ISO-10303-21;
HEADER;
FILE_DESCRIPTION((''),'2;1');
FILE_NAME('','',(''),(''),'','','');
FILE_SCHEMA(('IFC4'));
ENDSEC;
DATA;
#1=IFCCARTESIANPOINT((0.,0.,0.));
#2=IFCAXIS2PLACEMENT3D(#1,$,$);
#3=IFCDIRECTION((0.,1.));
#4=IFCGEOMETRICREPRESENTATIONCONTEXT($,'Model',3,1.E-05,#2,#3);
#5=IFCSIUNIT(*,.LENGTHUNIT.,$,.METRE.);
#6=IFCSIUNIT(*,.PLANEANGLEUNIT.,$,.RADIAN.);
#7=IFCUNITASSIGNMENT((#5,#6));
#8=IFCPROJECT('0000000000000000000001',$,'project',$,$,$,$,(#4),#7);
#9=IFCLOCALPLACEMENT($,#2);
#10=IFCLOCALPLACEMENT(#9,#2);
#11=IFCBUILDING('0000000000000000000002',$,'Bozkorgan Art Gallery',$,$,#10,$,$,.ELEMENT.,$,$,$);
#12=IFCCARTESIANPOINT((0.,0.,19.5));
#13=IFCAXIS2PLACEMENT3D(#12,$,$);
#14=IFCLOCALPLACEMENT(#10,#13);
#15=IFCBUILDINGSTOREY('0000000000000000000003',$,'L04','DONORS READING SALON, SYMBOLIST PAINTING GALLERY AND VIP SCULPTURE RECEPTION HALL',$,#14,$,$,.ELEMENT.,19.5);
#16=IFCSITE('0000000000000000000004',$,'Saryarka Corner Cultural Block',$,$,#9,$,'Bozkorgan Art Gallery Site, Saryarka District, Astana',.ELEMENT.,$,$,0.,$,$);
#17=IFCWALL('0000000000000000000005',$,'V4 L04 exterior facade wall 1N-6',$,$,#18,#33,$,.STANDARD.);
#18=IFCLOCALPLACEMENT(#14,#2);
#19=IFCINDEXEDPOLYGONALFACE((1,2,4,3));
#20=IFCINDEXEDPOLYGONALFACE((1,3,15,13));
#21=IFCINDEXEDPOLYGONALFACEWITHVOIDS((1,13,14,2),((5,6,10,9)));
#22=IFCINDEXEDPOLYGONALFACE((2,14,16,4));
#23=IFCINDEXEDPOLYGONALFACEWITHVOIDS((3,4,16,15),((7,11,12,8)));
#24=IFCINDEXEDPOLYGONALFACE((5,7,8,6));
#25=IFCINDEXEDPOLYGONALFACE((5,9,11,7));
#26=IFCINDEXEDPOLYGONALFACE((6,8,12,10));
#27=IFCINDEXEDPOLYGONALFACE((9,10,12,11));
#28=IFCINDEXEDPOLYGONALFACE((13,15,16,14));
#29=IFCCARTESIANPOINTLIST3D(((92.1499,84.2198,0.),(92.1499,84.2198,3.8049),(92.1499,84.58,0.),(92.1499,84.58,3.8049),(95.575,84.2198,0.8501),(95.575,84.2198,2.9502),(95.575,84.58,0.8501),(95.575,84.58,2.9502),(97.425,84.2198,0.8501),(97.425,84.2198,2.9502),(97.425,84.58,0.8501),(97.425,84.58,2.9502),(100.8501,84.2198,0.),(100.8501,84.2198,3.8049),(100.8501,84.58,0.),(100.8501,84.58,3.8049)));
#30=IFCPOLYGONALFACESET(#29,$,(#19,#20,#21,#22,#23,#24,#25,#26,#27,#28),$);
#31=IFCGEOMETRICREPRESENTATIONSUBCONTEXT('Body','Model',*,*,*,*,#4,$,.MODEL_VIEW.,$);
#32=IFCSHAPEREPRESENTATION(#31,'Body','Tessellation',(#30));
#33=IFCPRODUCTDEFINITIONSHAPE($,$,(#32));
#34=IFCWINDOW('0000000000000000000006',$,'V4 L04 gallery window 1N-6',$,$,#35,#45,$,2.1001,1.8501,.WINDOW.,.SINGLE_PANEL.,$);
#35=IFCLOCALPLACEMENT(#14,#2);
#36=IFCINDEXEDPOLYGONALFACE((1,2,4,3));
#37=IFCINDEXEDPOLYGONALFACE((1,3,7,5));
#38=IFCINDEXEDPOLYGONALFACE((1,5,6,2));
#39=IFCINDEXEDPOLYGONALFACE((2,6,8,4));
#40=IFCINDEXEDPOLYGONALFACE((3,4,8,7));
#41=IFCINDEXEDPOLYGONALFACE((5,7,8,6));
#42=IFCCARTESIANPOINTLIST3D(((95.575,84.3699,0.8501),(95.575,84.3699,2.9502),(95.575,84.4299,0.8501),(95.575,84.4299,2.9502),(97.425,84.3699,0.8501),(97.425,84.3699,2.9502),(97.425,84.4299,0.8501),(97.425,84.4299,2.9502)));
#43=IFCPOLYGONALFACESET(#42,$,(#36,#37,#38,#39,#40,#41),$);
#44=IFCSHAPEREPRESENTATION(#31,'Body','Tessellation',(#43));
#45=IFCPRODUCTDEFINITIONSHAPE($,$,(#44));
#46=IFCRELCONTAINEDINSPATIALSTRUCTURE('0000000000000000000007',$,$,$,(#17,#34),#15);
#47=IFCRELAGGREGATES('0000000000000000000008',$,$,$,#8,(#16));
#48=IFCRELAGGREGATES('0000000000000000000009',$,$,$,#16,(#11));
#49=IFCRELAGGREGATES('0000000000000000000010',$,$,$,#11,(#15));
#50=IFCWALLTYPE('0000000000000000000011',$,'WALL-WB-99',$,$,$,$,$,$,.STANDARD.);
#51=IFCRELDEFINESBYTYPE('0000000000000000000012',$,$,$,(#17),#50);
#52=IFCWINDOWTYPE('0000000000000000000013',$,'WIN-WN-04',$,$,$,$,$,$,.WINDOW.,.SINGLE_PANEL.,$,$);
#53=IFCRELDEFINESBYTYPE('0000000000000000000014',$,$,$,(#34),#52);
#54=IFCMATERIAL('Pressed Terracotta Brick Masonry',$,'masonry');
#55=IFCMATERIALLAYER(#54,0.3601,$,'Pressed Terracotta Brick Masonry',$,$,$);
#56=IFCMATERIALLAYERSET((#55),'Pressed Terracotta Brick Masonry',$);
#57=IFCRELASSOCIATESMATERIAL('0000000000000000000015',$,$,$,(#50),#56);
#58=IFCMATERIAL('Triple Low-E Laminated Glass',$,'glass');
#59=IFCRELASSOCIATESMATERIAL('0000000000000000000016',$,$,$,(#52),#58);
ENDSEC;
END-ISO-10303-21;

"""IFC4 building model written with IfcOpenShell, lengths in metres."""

from ifc_helpers import new_model, si_unit, direction, frame, frame_2d, origin, place, context, subcontext, project, spatial, rectangle, extrude, material, layer, layer_set, type_object, element, fill, save


model = new_model("IFC4")

# Units and contexts
model_context = context("Model", 3, precision=1e-05, world=origin(), true_north=direction((0.0, 1.0)))
body_context = subcontext(model_context, "Body", "Model", "MODEL_VIEW")
ifc_project = project(units=[si_unit("LENGTHUNIT", "METRE"), si_unit("PLANEANGLEUNIT", "RADIAN")], contexts=[model_context])

# Site, building, storey
site_placement = place(None, origin())
site = spatial("IfcSite", under=ifc_project, at=site_placement, Name="Saryarka Corner Cultural Block", LongName="Bozkorgan Art Gallery Site, Saryarka District, Astana", CompositionType="ELEMENT", RefElevation=0.0)
building_placement = place(site_placement, origin())
building = spatial("IfcBuilding", under=site, at=building_placement, Name="Bozkorgan Art Gallery", CompositionType="ELEMENT")
storey_placement = place(building_placement, frame((0.0, 0.0, 19.5)))
storey = spatial("IfcBuildingStorey", under=building, at=storey_placement, Name="L04", Description="DONORS READING SALON, SYMBOLIST PAINTING GALLERY AND VIP SCULPTURE RECEPTION HALL", CompositionType="ELEMENT", Elevation=19.5)

# Wall, opening, window
ifc_material_1 = material(Name="Pressed Terracotta Brick Masonry", Category="masonry")
ifc_layer_1 = layer(ifc_material_1, 0.3601, Name="Pressed Terracotta Brick Masonry")
ifc_layer_set_1 = layer_set([ifc_layer_1], Name="Pressed Terracotta Brick Masonry")
wall_type_1 = type_object("IfcWallType", Name="WALL-WB-99", PredefinedType="STANDARD", material=ifc_layer_set_1)
wall_1_placement = place(storey_placement, frame((92.1499, 84.3999, 0.0), z_axis=(0.0, 0.0, 1.0), x_axis=(1.0, 0.0, 0.0)))
wall_1 = element("IfcWall", 1, at=wall_1_placement, inside=storey, type_object=wall_type_1, Name="V4 L04 exterior facade wall 1N-6", PredefinedType="STANDARD", context=body_context, shape_type="SweptSolid", body=[
    extrude(rectangle(XDim=8.7002, YDim=0.3601, at=frame_2d((4.3501, 0.0))), origin(), (0.0, 0.0, 1.0), 3.8049),
])
opening_1_placement = place(wall_1_placement, frame((3.425, 0.0, 0.8501)))
opening_1 = element("IfcOpeningElement", 2, at=opening_1_placement, cuts=wall_1, PredefinedType="OPENING", context=body_context, shape_type="SweptSolid", body=[
    extrude(rectangle(XDim=1.8501, YDim=2.1001, at=frame_2d((0.925, 1.05))), frame((0.0, 0.1899, 0.0), z_axis=(0.0, -1.0, 0.0), x_axis=(1.0, 0.0, 0.0)), (0.0, 0.0, 1.0), 0.3801),
])
ifc_material_2 = material(Name="Triple Low-E Laminated Glass", Category="glass")
window_type = type_object("IfcWindowType", Name="WIN-WN-04", PartitioningType="SINGLE_PANEL", PredefinedType="WINDOW", material=ifc_material_2)
window_placement = place(opening_1_placement, origin())
window = element("IfcWindow", 3, at=window_placement, inside=storey, type_object=window_type, Name="V4 L04 gallery window 1N-6", OverallHeight=2.1001, OverallWidth=1.8501, PartitioningType="SINGLE_PANEL", PredefinedType="WINDOW", context=body_context, shape_type="SweptSolid", body=[
    extrude(rectangle(XDim=1.8501, YDim=2.1001, at=frame_2d((0.925, 1.05))), frame((0.0, 0.03, 0.0), z_axis=(0.0, -1.0, 0.0), x_axis=(1.0, 0.0, 0.0)), (0.0, 0.0, 1.0), 0.0601),
])
fill(opening_1, window)

save(model, "model.ifc")
